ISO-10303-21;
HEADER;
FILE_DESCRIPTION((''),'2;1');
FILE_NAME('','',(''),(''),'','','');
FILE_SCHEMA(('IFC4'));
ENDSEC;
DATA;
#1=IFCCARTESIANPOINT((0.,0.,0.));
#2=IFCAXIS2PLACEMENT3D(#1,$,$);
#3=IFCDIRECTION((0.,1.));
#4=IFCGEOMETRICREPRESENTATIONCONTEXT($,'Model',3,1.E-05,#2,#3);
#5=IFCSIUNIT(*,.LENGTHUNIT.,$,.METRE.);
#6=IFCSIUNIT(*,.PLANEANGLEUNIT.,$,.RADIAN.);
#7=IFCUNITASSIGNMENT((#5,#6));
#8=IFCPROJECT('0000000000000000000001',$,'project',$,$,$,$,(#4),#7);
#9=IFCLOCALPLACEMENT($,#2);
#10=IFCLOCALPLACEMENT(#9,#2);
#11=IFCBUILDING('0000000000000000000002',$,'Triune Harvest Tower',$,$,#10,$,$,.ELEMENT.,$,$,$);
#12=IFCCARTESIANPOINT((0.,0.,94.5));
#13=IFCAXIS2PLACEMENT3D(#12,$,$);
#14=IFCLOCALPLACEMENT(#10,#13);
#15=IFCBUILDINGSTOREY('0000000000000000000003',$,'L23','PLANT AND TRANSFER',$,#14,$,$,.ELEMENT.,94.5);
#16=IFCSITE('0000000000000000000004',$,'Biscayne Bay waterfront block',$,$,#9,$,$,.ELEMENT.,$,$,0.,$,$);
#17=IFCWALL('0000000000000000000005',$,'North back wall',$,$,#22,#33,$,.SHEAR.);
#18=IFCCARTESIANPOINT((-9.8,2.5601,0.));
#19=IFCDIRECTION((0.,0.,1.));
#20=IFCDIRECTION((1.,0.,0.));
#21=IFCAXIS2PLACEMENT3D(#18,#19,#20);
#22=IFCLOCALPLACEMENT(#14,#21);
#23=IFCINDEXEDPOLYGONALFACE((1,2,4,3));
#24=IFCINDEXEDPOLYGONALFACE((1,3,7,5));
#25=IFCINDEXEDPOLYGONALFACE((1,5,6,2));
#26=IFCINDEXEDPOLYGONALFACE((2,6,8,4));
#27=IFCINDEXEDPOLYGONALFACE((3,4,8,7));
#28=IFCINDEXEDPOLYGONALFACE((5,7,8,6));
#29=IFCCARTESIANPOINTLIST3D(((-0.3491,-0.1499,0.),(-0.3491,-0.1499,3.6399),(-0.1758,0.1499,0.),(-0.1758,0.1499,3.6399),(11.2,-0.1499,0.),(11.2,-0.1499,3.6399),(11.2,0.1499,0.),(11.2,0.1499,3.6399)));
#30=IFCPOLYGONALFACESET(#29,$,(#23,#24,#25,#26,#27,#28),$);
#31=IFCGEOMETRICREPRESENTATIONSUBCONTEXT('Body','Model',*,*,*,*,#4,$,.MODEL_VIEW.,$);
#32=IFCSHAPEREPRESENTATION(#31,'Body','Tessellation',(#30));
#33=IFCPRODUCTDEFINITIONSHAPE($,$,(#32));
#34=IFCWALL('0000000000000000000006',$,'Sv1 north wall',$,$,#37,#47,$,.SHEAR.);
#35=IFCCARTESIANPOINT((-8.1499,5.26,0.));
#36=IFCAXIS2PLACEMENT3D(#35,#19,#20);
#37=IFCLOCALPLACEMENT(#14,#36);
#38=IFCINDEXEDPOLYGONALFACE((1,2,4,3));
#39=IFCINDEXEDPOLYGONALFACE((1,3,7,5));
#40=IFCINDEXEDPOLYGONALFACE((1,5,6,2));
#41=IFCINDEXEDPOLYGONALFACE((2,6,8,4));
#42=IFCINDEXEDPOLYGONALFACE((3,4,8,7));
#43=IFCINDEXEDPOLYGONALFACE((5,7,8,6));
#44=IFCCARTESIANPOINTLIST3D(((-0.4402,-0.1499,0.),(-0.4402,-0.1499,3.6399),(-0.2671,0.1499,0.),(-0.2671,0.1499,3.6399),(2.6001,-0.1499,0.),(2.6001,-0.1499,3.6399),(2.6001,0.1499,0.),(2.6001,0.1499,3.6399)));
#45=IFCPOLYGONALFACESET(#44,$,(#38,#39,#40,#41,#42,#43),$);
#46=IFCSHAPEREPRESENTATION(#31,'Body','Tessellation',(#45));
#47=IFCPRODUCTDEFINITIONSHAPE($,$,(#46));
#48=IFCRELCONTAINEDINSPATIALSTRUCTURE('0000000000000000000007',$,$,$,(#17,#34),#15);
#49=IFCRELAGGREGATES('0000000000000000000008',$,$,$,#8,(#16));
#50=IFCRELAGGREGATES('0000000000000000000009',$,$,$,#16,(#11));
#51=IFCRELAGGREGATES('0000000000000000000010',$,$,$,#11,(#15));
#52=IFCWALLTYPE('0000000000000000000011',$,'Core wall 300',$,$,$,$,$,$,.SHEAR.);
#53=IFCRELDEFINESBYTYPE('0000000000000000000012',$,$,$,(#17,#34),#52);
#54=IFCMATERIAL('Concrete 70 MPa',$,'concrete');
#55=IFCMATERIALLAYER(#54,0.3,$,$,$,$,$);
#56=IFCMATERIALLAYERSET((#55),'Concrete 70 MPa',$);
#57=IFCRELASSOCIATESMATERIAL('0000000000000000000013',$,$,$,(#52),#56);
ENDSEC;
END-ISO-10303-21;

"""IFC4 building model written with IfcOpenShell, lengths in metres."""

from ifc_helpers import new_model, si_unit, direction, frame, origin, place, context, subcontext, project, spatial, polyline, outline, extrude, material, layer, layer_set, type_object, element, save


model = new_model("IFC4")

# Units and contexts
model_context = context("Model", 3, precision=1e-05, world=origin(), true_north=direction((0.0, 1.0)))
body_context = subcontext(model_context, "Body", "Model", "MODEL_VIEW")
ifc_project = project(units=[si_unit("LENGTHUNIT", "METRE"), si_unit("PLANEANGLEUNIT", "RADIAN")], contexts=[model_context])

# Site, building, storey
site_placement = place(None, origin())
site = spatial("IfcSite", under=ifc_project, at=site_placement, Name="Biscayne Bay waterfront block", CompositionType="ELEMENT", RefElevation=0.0)
building_placement = place(site_placement, origin())
building = spatial("IfcBuilding", under=site, at=building_placement, Name="Triune Harvest Tower", CompositionType="ELEMENT")
storey_placement = place(building_placement, frame((0.0, 0.0, 94.5)))
storey = spatial("IfcBuildingStorey", under=building, at=storey_placement, Name="L23", Description="PLANT AND TRANSFER", CompositionType="ELEMENT", Elevation=94.5)

# Walls
ifc_material_1 = material(Name="Concrete 70 MPa", Category="concrete")
ifc_layer_1 = layer(ifc_material_1, 0.3)
ifc_layer_set_1 = layer_set([ifc_layer_1], Name="Concrete 70 MPa")
wall_type_1 = type_object("IfcWallType", Name="Core wall 300", PredefinedType="SHEAR", material=ifc_layer_set_1)
wall_1_placement = place(storey_placement, frame((-9.8, 2.5601, 0.0), z_axis=(0.0, 0.0, 1.0), x_axis=(1.0, 0.0, 0.0)))
element("IfcWall", 1, at=wall_1_placement, inside=storey, type_object=wall_type_1, Name="North back wall", PredefinedType="SHEAR", context=body_context, shape_type="SweptSolid", body=[
    extrude(outline(polyline([(11.2, -0.1499), (-0.3491, -0.1499), (-0.1758, 0.1499), (11.2, 0.1499), (11.2, -0.1499)])), origin(), (0.0, 0.0, 1.0), 3.6399),
])
wall_2_placement = place(storey_placement, frame((-8.1499, 5.26, 0.0), z_axis=(0.0, 0.0, 1.0), x_axis=(1.0, 0.0, 0.0)))
element("IfcWall", 2, at=wall_2_placement, inside=storey, type_object=wall_type_1, Name="Sv1 north wall", PredefinedType="SHEAR", context=body_context, shape_type="SweptSolid", body=[
    extrude(outline(polyline([(2.6001, -0.1499), (-0.4402, -0.1499), (-0.2671, 0.1499), (2.6001, 0.1499), (2.6001, -0.1499)])), origin(), (0.0, 0.0, 1.0), 3.6399),
])

save(model, "model.ifc")
